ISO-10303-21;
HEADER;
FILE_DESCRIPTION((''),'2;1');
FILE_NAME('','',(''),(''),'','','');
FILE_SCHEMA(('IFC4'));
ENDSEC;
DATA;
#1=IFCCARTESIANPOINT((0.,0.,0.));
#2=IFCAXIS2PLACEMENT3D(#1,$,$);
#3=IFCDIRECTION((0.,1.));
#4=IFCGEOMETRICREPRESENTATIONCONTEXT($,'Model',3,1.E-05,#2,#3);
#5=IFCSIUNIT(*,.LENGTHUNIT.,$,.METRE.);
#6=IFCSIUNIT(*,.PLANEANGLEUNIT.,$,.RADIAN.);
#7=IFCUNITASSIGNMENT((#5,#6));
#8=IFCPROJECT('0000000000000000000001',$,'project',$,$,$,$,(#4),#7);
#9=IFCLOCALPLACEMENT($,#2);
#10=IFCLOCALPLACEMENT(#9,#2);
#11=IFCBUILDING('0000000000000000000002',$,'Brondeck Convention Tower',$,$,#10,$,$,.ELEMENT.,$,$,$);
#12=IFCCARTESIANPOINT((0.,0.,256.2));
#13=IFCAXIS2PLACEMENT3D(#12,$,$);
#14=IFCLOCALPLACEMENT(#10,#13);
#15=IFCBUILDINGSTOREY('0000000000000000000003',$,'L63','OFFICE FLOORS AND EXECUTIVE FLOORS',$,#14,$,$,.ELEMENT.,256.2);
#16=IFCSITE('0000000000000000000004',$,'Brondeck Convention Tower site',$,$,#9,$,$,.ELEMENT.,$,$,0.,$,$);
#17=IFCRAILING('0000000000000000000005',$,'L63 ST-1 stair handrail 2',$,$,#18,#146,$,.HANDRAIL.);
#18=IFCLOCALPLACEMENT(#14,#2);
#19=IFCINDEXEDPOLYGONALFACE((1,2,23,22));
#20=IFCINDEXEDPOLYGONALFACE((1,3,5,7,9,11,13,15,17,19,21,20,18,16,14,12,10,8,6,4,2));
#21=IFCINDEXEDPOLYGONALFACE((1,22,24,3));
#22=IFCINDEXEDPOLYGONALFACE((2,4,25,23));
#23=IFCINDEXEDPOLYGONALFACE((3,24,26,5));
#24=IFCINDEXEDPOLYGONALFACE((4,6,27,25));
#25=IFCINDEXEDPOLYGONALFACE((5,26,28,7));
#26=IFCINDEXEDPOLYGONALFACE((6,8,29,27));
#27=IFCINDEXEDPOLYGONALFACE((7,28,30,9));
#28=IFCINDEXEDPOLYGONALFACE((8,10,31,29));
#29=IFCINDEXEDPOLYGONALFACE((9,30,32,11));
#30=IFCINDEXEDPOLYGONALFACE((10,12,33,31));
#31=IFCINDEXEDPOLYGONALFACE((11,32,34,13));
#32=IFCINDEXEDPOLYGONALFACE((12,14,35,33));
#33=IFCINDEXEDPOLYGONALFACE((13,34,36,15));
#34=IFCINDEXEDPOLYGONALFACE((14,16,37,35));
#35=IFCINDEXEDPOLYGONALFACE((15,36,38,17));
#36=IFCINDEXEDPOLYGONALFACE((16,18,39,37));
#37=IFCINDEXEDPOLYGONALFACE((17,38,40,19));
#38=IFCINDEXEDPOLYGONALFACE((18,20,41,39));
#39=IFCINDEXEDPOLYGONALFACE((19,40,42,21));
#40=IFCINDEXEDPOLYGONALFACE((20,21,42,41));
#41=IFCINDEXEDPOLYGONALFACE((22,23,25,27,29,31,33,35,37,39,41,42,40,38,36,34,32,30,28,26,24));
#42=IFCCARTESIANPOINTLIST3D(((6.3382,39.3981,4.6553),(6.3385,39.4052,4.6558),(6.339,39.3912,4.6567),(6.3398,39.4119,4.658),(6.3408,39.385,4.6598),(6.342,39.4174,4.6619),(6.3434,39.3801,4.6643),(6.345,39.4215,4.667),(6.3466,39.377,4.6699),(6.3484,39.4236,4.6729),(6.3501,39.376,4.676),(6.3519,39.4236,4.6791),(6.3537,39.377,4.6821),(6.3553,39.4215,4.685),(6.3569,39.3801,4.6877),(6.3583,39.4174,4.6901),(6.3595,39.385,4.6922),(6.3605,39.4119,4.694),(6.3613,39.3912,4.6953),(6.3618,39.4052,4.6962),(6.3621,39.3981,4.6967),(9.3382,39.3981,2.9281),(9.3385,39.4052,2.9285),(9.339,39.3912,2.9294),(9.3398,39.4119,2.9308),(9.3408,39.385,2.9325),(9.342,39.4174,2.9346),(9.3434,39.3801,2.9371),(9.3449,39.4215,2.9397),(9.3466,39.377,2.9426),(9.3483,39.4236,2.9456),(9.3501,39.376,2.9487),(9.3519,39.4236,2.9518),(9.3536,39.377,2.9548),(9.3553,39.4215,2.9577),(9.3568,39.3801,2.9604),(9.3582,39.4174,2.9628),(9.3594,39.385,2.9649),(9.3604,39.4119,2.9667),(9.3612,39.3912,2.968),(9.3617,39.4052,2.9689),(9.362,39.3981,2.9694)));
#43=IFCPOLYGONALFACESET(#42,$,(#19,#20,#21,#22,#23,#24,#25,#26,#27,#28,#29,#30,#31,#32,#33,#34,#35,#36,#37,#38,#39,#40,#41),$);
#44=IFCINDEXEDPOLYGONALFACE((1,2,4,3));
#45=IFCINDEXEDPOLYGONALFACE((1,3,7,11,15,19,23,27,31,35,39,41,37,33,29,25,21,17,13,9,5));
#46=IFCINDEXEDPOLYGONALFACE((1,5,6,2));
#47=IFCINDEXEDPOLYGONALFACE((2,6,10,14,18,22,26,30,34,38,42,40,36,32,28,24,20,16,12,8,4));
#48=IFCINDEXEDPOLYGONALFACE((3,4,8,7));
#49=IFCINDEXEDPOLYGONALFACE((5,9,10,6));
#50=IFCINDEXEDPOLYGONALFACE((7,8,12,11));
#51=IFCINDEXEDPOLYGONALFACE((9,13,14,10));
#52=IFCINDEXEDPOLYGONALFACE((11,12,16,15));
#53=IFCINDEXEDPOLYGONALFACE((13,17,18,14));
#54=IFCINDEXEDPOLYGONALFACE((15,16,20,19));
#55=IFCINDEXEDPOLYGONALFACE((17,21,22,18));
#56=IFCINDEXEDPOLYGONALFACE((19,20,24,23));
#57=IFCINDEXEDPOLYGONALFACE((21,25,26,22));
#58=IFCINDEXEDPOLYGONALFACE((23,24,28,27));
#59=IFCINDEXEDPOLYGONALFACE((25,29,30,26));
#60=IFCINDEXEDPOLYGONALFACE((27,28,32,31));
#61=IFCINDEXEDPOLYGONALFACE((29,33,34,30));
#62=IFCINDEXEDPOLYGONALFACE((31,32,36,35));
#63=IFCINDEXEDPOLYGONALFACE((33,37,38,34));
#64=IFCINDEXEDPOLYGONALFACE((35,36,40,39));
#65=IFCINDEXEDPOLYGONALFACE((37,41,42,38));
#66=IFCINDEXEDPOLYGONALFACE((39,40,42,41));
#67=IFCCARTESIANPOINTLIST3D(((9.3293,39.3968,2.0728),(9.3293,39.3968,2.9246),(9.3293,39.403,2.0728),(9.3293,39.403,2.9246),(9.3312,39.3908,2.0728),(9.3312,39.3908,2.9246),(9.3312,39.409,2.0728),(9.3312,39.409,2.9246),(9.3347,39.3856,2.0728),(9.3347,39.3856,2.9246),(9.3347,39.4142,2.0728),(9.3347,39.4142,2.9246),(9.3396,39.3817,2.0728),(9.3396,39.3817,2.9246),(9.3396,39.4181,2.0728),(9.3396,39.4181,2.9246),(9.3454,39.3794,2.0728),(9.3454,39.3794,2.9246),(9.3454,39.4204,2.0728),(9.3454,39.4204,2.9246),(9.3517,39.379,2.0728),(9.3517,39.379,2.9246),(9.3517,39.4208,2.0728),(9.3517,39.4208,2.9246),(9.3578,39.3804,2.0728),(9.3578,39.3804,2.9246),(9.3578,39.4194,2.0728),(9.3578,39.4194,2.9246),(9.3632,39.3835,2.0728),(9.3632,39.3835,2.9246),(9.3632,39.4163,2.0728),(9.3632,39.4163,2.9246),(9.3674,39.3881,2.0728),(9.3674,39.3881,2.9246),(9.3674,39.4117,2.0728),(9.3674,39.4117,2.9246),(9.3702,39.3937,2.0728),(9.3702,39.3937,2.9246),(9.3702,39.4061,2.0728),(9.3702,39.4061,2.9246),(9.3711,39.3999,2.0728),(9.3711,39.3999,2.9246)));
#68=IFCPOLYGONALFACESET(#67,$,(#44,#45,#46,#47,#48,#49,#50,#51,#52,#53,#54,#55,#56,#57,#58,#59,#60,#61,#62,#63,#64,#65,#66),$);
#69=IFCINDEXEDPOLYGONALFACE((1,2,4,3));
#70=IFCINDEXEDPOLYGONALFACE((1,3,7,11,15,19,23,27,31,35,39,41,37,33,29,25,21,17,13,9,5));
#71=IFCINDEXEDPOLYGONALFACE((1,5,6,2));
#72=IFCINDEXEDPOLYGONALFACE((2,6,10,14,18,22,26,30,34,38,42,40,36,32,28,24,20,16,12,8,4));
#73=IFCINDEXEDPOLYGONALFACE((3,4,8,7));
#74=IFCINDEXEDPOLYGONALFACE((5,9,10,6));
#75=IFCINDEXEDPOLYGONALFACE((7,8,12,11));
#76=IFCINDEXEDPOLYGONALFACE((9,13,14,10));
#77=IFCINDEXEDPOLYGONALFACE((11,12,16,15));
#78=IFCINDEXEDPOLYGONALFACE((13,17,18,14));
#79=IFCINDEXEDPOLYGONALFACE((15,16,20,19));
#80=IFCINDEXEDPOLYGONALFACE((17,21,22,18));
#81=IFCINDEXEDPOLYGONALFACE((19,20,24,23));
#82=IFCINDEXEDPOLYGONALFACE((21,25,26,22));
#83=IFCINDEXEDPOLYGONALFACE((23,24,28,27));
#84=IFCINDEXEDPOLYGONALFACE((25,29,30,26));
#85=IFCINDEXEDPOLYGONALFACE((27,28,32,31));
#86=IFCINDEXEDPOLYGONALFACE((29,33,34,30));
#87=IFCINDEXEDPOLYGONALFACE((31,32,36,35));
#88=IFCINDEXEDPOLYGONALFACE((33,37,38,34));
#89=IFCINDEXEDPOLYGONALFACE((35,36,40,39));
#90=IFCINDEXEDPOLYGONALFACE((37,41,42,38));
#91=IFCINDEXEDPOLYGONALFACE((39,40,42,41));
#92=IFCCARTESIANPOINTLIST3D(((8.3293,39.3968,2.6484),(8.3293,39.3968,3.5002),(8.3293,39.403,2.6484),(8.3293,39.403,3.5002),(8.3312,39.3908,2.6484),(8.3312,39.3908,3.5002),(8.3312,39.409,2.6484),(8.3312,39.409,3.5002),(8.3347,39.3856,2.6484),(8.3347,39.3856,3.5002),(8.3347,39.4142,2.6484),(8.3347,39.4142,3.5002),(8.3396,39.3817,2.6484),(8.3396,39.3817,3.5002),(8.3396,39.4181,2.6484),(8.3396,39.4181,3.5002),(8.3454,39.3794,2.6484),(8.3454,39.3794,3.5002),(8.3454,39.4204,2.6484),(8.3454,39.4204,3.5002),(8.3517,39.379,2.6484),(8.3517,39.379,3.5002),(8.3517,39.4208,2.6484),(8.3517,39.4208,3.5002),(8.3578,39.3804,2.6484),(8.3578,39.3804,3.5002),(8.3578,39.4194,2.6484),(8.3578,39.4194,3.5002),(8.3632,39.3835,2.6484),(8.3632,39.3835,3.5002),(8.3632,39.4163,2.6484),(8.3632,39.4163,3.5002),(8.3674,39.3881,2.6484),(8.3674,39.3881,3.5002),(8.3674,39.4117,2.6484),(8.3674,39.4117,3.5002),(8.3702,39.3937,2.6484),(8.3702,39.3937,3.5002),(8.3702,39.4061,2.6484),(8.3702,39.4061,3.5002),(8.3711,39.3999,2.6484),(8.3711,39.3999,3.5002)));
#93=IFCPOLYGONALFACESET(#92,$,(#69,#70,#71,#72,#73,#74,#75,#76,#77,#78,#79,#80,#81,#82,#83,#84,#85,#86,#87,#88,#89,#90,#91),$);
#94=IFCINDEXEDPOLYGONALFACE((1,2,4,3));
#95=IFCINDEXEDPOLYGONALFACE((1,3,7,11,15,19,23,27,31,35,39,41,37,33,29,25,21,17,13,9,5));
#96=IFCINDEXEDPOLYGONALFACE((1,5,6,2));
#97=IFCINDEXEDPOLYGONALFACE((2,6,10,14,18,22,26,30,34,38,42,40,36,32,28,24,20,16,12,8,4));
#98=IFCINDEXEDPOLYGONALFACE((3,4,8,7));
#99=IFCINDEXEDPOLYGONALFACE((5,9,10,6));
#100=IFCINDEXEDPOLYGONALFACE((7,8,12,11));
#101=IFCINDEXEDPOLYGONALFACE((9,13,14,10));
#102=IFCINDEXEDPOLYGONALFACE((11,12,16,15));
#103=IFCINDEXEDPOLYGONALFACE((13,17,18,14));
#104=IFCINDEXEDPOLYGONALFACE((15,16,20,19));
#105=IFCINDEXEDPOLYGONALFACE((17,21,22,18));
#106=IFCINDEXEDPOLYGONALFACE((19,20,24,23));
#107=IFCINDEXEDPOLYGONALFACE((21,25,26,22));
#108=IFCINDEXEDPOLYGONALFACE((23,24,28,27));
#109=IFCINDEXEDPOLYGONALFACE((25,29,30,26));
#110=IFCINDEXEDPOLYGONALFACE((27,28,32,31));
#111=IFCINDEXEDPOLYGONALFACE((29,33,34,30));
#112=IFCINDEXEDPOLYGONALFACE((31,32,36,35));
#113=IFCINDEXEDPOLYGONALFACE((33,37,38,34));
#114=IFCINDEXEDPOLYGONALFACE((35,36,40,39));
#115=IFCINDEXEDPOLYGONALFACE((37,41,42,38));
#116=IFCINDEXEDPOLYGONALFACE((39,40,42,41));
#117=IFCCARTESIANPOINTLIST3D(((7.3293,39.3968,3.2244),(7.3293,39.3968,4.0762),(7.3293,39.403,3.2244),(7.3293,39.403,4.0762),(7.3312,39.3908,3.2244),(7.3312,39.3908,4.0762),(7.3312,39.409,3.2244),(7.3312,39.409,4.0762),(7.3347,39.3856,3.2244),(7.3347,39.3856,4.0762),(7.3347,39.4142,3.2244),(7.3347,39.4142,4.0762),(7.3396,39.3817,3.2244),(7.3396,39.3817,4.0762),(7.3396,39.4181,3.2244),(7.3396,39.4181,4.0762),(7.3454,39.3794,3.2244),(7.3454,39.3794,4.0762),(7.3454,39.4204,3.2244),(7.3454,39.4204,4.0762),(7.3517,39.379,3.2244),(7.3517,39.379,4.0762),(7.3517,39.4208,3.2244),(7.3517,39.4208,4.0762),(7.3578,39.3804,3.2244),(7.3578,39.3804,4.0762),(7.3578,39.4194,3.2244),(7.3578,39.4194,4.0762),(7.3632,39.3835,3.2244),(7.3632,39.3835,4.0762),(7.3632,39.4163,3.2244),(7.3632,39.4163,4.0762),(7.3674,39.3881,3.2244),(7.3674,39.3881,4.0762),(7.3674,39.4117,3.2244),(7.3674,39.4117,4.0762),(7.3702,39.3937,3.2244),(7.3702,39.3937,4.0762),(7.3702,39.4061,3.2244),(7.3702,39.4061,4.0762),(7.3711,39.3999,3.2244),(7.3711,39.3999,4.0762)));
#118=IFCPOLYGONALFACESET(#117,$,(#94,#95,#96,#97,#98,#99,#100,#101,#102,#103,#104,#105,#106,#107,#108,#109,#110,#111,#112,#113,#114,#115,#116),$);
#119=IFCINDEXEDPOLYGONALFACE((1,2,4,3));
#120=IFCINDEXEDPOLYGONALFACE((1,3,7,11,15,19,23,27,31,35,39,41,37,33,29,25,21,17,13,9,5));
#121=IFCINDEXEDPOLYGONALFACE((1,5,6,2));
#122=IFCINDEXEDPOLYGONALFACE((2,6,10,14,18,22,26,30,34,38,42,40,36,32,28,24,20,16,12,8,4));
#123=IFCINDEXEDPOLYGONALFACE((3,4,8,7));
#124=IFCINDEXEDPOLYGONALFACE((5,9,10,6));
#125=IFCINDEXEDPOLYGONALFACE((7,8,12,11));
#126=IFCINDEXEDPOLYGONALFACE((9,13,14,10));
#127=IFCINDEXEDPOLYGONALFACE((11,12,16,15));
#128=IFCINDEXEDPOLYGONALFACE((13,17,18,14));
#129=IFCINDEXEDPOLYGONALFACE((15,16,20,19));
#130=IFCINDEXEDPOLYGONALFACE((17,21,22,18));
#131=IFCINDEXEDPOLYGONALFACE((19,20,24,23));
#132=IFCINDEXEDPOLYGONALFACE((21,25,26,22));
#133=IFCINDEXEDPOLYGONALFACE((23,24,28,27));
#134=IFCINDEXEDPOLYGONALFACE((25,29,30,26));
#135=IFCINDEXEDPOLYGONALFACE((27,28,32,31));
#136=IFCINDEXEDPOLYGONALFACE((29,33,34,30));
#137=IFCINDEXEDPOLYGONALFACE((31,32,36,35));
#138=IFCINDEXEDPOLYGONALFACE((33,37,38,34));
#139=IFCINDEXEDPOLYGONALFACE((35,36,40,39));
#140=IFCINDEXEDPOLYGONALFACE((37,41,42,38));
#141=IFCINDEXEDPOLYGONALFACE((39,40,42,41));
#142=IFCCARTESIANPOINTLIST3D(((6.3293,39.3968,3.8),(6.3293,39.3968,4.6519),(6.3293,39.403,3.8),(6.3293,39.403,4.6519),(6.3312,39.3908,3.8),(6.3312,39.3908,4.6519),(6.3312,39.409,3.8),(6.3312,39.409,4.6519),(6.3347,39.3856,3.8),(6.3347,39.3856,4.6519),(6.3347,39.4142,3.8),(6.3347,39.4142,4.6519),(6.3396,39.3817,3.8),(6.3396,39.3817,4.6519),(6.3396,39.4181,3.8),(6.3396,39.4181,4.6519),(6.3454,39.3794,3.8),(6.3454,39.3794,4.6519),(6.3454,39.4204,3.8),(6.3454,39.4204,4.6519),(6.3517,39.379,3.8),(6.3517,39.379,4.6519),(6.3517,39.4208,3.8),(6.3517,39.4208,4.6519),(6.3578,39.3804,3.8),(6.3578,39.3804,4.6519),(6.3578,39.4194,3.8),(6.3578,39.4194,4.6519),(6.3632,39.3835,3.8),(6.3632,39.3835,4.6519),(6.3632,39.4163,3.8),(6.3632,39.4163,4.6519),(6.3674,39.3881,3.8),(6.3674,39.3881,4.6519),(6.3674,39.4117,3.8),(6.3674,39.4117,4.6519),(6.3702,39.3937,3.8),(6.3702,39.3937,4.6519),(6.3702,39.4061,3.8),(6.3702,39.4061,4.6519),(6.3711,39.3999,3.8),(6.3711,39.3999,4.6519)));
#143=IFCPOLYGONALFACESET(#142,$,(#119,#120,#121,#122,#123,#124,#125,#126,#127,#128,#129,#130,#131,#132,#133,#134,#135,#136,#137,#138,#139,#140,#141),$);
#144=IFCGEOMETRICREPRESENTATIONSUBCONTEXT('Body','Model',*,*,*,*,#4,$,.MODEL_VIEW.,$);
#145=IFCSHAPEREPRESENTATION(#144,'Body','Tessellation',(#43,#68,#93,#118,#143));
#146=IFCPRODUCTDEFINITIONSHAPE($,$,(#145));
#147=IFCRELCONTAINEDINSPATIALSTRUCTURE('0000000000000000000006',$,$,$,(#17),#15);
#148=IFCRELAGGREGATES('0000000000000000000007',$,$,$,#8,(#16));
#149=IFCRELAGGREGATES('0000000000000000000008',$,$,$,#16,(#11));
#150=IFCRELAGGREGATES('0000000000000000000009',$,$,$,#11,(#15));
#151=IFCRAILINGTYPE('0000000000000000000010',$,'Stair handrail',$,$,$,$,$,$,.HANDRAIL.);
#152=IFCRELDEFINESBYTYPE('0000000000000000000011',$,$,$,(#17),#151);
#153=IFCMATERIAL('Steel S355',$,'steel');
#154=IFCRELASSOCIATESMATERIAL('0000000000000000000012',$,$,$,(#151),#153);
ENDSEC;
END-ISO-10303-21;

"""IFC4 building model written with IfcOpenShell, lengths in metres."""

from ifc_helpers import new_model, si_unit, direction, frame, origin, origin_2d, place, context, subcontext, project, spatial, circle, extrude, material, type_object, element, save


model = new_model("IFC4")

# Units and contexts
model_context = context("Model", 3, precision=1e-05, world=origin(), true_north=direction((0.0, 1.0)))
body_context = subcontext(model_context, "Body", "Model", "MODEL_VIEW")
ifc_project = project(units=[si_unit("LENGTHUNIT", "METRE"), si_unit("PLANEANGLEUNIT", "RADIAN")], contexts=[model_context])

# Site, building, storey
site_placement = place(None, origin())
site = spatial("IfcSite", under=ifc_project, at=site_placement, Name="Brondeck Convention Tower site", CompositionType="ELEMENT", RefElevation=0.0)
building_placement = place(site_placement, origin())
building = spatial("IfcBuilding", under=site, at=building_placement, Name="Brondeck Convention Tower", CompositionType="ELEMENT")
storey_placement = place(building_placement, frame((0.0, 0.0, 256.2)))
storey = spatial("IfcBuildingStorey", under=building, at=storey_placement, Name="L63", Description="OFFICE FLOORS AND EXECUTIVE FLOORS", CompositionType="ELEMENT", Elevation=256.2)

# Shared definitions
ifc_material_1 = material(Name="Steel S355", Category="steel")

# Railing
railing_type_1 = type_object("IfcRailingType", Name="Stair handrail", PredefinedType="HANDRAIL", material=ifc_material_1)
railing_1_placement = place(storey_placement, frame((9.3501, 39.3999, 2.0728)))
element("IfcRailing", 1, at=railing_1_placement, inside=storey, type_object=railing_type_1, Name="L63 ST-1 stair handrail 2", PredefinedType="HANDRAIL", context=body_context, shape_type="SweptSolid", body=[
    extrude(circle(Radius=0.0239, at=origin_2d()), frame((0.0, 0.0, 0.876), z_axis=(-0.86662, 0.0, 0.498969), x_axis=(0.0, -1.0, 0.0)), (0.0, 0.0, 1.0), 3.4617),
    extrude(circle(Radius=0.021, at=origin_2d()), origin(), (0.0, 0.0, 1.0), 0.8518),
    extrude(circle(Radius=0.021, at=origin_2d()), frame((-1.0, 0.0, 0.5757)), (0.0, 0.0, 1.0), 0.8518),
    extrude(circle(Radius=0.021, at=origin_2d()), frame((-2.0, 0.0, 1.1516)), (0.0, 0.0, 1.0), 0.8518),
    extrude(circle(Radius=0.021, at=origin_2d()), frame((-3.0, 0.0, 1.7273)), (0.0, 0.0, 1.0), 0.8518),
])

save(model, "model.ifc")
